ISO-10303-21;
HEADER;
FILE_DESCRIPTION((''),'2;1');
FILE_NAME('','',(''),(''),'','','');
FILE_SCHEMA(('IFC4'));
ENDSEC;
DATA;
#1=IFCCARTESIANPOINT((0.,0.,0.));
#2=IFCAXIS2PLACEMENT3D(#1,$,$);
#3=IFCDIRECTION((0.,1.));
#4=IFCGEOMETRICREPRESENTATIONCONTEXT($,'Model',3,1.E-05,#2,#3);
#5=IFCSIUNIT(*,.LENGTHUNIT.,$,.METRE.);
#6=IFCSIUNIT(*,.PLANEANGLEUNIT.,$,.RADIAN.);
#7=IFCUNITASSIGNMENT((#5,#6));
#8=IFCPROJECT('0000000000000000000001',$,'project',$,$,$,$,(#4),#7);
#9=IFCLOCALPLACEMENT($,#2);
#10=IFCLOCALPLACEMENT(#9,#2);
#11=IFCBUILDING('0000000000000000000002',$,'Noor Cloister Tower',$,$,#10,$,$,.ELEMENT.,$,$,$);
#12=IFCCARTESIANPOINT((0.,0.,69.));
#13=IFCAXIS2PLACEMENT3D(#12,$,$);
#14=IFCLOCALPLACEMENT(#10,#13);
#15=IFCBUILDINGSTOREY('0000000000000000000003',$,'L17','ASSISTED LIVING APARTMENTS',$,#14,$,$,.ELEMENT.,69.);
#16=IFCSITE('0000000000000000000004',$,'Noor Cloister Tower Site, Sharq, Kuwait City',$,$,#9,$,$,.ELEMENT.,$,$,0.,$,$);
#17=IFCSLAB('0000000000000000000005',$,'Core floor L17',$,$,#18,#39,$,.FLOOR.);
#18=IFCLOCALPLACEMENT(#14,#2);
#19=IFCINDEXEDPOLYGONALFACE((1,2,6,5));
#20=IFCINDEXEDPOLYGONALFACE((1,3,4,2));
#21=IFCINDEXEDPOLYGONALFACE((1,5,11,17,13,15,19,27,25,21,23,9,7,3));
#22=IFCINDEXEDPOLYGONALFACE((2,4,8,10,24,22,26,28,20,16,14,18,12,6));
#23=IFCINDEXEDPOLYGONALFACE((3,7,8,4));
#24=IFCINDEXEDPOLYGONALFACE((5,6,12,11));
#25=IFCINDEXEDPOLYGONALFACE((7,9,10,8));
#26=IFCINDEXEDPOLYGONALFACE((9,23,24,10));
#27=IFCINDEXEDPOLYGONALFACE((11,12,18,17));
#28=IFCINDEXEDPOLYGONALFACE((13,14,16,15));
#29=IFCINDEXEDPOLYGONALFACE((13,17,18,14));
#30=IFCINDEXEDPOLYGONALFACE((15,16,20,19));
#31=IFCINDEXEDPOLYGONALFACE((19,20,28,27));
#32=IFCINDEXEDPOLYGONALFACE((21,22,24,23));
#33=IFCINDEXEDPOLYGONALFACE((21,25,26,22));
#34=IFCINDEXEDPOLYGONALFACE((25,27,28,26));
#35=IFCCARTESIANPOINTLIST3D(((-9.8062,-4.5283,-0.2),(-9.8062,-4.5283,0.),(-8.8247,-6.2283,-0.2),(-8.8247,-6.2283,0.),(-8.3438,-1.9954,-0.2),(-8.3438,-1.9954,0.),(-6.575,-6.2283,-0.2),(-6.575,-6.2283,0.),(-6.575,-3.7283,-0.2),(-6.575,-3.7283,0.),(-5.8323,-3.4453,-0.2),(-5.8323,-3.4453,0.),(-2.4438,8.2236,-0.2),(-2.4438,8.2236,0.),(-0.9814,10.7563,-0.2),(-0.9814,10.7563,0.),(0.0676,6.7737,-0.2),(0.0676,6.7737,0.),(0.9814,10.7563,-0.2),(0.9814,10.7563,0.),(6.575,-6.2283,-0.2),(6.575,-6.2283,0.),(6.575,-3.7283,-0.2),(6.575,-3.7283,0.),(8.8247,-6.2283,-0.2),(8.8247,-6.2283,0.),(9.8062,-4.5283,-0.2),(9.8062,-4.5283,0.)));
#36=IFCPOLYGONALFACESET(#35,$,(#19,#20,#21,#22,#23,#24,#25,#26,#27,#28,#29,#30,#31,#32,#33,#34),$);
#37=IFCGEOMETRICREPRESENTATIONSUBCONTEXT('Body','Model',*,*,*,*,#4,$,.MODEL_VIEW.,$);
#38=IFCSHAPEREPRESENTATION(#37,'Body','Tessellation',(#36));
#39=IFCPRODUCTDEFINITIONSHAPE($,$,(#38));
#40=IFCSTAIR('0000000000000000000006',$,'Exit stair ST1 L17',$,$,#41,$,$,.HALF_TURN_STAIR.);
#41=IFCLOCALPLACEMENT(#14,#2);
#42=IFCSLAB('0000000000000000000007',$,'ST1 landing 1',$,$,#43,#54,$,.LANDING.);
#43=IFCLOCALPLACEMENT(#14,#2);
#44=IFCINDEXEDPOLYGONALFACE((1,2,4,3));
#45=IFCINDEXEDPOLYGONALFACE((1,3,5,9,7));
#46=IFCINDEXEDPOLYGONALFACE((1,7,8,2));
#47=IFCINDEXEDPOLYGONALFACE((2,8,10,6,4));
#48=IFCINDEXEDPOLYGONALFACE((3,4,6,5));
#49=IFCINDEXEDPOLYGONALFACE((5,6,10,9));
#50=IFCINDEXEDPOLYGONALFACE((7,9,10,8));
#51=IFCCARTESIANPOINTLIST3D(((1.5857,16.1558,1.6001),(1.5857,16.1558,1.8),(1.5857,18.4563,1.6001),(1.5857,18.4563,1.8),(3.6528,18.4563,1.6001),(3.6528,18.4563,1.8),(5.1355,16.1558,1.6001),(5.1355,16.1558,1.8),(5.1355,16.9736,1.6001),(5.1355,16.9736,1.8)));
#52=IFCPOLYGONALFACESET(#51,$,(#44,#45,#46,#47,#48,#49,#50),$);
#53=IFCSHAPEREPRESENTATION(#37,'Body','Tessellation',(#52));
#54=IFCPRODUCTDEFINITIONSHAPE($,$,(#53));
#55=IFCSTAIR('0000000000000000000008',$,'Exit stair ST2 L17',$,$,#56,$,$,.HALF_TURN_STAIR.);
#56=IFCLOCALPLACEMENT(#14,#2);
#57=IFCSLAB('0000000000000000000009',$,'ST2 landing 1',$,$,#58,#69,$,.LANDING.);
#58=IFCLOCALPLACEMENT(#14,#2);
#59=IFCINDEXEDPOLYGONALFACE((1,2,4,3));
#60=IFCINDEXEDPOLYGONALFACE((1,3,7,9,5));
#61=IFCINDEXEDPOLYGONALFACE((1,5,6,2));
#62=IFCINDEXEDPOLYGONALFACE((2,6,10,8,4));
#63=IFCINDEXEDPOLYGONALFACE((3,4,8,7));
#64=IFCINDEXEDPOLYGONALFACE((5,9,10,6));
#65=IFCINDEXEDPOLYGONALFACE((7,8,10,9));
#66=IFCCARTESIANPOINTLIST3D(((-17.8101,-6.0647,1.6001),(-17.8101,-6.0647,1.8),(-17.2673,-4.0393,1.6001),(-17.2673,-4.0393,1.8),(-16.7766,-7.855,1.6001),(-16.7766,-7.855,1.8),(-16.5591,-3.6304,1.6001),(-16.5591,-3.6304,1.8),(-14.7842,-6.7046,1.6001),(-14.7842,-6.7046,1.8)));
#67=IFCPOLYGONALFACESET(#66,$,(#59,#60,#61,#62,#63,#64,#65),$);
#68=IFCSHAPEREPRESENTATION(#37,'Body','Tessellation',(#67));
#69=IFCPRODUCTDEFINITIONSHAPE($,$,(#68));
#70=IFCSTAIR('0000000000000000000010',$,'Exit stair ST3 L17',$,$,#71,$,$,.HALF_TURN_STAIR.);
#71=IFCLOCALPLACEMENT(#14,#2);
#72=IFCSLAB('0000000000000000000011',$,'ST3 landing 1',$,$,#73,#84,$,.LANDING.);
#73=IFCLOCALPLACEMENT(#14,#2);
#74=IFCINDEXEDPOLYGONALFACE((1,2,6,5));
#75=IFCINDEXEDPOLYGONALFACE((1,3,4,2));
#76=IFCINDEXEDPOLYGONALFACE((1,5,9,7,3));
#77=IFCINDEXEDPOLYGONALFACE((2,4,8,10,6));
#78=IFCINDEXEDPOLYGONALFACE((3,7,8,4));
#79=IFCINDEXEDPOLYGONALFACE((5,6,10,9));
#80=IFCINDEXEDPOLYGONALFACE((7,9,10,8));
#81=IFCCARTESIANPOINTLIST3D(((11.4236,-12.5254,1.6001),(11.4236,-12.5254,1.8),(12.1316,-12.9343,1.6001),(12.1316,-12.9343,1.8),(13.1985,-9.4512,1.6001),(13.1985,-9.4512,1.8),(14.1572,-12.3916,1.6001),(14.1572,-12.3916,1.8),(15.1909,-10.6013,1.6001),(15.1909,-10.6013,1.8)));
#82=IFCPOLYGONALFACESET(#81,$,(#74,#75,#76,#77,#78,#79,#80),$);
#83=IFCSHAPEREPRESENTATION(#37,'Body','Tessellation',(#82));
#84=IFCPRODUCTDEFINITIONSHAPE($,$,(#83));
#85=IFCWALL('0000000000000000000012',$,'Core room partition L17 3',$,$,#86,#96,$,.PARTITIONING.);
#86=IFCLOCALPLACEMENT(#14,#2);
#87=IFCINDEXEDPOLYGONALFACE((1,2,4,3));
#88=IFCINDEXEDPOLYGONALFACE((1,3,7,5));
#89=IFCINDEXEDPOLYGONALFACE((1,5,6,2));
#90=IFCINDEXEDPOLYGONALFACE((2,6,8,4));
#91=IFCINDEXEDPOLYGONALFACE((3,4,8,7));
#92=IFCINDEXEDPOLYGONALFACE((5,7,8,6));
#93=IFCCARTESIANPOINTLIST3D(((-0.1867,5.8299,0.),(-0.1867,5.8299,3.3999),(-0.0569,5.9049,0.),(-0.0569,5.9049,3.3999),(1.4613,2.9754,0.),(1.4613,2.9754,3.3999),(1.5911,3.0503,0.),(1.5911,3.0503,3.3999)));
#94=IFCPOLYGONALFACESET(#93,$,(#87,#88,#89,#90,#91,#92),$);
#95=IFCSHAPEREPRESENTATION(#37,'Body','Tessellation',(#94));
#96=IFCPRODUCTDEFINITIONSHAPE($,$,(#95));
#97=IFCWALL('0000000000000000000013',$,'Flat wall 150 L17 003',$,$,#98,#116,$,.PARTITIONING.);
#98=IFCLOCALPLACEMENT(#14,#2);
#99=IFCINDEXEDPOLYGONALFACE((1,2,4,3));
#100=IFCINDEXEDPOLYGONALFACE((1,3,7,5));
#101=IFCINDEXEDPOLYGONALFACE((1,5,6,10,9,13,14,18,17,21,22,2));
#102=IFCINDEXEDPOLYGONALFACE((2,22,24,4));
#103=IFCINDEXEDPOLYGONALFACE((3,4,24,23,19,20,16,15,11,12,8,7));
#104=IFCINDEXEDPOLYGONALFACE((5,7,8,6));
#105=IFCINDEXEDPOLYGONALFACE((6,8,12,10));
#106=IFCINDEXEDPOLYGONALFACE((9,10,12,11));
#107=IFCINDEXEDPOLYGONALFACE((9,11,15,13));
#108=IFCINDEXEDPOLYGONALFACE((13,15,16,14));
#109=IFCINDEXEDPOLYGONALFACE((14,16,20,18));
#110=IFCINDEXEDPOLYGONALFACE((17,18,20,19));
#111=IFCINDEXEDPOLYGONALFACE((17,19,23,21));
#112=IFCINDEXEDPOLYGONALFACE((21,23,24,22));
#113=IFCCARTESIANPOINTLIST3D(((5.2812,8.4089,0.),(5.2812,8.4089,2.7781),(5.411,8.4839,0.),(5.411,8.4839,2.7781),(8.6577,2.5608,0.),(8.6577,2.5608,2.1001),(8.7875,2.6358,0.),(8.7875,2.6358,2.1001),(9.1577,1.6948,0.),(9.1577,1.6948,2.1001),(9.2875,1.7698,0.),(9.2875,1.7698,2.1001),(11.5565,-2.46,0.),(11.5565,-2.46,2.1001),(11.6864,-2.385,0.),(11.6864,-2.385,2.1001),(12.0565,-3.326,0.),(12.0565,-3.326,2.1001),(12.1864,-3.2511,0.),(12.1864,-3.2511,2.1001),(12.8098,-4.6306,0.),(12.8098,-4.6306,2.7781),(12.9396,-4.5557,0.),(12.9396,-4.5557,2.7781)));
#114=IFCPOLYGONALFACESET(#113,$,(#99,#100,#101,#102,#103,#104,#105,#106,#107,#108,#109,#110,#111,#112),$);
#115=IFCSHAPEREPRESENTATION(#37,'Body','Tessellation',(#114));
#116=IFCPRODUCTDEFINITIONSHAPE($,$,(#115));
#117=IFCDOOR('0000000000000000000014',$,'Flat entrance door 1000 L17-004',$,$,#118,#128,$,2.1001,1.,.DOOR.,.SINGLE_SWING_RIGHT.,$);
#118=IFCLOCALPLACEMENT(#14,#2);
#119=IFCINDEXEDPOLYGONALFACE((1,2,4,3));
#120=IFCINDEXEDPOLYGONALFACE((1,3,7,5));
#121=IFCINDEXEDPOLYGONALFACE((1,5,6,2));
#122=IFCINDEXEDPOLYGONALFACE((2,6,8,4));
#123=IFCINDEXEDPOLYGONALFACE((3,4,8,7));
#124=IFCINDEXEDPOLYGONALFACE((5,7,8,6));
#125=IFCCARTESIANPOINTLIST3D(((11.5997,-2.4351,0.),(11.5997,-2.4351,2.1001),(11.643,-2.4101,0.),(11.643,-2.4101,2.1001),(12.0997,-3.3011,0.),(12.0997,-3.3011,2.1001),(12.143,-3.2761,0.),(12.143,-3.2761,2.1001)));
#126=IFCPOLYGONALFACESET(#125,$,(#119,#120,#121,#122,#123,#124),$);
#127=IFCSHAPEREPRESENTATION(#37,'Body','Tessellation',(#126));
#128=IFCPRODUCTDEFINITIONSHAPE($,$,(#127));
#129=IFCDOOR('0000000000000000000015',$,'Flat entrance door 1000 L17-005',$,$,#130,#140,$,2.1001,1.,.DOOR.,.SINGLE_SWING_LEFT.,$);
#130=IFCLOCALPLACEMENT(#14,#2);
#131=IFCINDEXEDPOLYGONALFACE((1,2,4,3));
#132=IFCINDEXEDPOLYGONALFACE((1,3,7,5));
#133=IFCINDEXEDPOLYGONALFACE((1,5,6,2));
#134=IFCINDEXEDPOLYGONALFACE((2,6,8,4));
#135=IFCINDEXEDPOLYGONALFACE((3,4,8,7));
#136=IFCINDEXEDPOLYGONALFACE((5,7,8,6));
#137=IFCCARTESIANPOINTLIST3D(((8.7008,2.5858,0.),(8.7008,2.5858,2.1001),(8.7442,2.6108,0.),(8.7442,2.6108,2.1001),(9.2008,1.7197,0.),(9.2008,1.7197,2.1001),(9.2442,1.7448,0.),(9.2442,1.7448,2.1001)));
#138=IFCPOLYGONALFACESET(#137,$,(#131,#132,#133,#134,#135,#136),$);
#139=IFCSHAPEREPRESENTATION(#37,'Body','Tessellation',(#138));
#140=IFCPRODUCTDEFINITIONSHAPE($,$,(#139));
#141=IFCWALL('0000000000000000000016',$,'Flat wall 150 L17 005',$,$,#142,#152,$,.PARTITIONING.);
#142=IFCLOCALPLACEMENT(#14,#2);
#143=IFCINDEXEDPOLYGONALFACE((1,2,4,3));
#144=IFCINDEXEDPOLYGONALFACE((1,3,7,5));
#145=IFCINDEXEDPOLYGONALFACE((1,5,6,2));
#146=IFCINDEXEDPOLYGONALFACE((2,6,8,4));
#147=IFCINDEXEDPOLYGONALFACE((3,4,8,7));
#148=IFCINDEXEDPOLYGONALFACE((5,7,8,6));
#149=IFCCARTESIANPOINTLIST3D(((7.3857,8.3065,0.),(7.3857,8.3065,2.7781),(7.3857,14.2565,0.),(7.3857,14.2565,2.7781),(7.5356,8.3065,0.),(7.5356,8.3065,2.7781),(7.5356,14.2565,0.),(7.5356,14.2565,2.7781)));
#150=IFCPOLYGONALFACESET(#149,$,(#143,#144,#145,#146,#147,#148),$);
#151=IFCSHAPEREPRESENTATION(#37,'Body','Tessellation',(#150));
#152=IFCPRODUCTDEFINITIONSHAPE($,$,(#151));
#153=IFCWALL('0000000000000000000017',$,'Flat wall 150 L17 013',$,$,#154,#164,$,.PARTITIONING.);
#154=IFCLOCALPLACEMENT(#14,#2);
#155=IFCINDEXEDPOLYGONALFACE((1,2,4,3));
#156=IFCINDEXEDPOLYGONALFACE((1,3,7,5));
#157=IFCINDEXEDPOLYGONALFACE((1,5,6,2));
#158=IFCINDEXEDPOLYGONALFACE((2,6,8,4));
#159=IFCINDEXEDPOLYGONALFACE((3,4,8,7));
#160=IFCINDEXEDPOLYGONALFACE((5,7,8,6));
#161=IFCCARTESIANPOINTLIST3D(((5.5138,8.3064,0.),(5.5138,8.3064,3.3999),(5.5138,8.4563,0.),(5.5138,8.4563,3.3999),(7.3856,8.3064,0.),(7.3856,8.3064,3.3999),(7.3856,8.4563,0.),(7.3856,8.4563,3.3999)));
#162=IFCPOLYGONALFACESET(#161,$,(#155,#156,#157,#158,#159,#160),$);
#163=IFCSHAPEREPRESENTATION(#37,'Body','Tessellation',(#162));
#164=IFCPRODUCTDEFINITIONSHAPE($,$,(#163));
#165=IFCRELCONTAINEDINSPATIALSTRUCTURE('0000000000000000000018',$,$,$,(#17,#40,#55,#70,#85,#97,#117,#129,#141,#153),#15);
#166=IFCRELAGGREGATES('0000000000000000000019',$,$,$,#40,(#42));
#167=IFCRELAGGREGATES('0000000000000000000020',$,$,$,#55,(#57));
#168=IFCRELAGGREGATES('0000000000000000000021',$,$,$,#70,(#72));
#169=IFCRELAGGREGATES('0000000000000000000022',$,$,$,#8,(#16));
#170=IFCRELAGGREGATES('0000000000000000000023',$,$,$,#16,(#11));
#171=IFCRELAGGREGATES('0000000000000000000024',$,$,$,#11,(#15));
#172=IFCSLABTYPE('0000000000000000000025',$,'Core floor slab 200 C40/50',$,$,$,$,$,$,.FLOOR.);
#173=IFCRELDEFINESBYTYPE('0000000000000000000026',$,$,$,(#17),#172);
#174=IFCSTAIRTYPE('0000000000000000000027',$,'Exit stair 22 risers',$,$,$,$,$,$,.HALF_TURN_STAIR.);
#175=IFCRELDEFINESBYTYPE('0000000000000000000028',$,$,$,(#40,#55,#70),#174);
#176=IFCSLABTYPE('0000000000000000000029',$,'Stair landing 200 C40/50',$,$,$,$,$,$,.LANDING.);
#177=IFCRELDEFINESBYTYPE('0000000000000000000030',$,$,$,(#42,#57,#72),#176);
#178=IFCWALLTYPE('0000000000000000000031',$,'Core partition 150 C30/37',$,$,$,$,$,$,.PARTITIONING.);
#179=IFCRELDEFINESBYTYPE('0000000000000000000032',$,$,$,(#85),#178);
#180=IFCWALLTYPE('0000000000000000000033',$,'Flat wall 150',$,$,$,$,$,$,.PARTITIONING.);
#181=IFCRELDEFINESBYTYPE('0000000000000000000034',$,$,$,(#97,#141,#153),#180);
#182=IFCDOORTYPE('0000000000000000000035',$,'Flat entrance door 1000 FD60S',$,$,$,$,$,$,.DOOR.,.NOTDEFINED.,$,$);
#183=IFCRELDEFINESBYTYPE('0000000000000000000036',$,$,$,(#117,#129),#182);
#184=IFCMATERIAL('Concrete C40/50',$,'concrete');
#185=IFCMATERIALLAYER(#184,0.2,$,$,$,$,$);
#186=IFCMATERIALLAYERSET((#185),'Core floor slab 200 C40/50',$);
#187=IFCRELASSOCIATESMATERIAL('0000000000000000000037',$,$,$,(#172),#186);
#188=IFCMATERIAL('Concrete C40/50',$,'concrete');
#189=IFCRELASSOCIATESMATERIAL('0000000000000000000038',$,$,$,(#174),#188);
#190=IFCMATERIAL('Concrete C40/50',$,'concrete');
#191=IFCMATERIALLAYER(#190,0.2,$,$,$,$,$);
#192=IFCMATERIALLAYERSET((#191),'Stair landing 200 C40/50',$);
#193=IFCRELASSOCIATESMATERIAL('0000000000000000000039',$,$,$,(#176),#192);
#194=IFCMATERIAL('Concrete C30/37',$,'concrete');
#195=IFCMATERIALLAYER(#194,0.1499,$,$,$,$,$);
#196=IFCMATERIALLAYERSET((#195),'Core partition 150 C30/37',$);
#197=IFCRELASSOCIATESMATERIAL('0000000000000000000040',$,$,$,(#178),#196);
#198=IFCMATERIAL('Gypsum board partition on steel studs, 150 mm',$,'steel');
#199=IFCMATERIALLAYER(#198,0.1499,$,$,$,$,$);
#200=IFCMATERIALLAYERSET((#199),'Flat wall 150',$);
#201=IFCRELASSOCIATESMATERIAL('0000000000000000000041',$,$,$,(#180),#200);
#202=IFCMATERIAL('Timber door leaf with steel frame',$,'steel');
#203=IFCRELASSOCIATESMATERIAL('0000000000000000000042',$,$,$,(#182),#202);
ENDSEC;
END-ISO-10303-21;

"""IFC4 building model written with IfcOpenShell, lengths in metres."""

from ifc_helpers import new_model, si_unit, direction, frame, frame_2d, origin, place, context, subcontext, project, spatial, polyline, rectangle, outline, extrude, material, layer, layer_set, type_object, element, fill, aggregate, save


model = new_model("IFC4")

# Units and contexts
model_context = context("Model", 3, precision=1e-05, world=origin(), true_north=direction((0.0, 1.0)))
body_context = subcontext(model_context, "Body", "Model", "MODEL_VIEW")
ifc_project = project(units=[si_unit("LENGTHUNIT", "METRE"), si_unit("PLANEANGLEUNIT", "RADIAN")], contexts=[model_context])

# Site, building, storey
site_placement = place(None, origin())
site = spatial("IfcSite", under=ifc_project, at=site_placement, Name="Noor Cloister Tower Site, Sharq, Kuwait City", CompositionType="ELEMENT", RefElevation=0.0)
building_placement = place(site_placement, origin())
building = spatial("IfcBuilding", under=site, at=building_placement, Name="Noor Cloister Tower", CompositionType="ELEMENT")
storey_placement = place(building_placement, frame((0.0, 0.0, 69.0)))
storey = spatial("IfcBuildingStorey", under=building, at=storey_placement, Name="L17", Description="ASSISTED LIVING APARTMENTS", CompositionType="ELEMENT", Elevation=69.0)

# Slab
ifc_material_1 = material(Name="Concrete C40/50", Category="concrete")
ifc_layer_1 = layer(ifc_material_1, 0.2)
ifc_layer_set_1 = layer_set([ifc_layer_1], Name="Core floor slab 200 C40/50")
slab_type_1 = type_object("IfcSlabType", Name="Core floor slab 200 C40/50", PredefinedType="FLOOR", material=ifc_layer_set_1)
slab_1_placement = place(storey_placement, frame((0.0, 0.0, -0.2)))
element("IfcSlab", 1, at=slab_1_placement, inside=storey, type_object=slab_type_1, Name="Core floor L17", PredefinedType="FLOOR", context=body_context, shape_type="SweptSolid", body=[
    extrude(outline(polyline([(-6.575, -6.2283), (-6.575, -3.7283), (6.575, -3.7283), (6.575, -6.2283), (8.8247, -6.2283), (9.8062, -4.5283), (0.9814, 10.7563), (-0.9814, 10.7563), (-2.4438, 8.2236), (0.0676, 6.7737), (-5.8323, -3.4453), (-8.3438, -1.9954), (-9.8062, -4.5283), (-8.8247, -6.2283), (-6.575, -6.2283)])), origin(), (0.0, 0.0, 1.0), 0.2),
])

# Stairs, slabs
ifc_material_2 = material(Name="Concrete C40/50", Category="concrete")
stair_type = type_object("IfcStairType", Name="Exit stair 22 risers", PredefinedType="HALF_TURN_STAIR", material=ifc_material_2)
stair_1_placement = place(storey_placement, origin())
stair_1 = element("IfcStair", 2, at=stair_1_placement, inside=storey, type_object=stair_type, Name="Exit stair ST1 L17", PredefinedType="HALF_TURN_STAIR")
ifc_material_3 = material(Name="Concrete C40/50", Category="concrete")
ifc_layer_2 = layer(ifc_material_3, 0.2)
ifc_layer_set_2 = layer_set([ifc_layer_2], Name="Stair landing 200 C40/50")
slab_type_2 = type_object("IfcSlabType", Name="Stair landing 200 C40/50", PredefinedType="LANDING", material=ifc_layer_set_2)
slab_2_placement = place(storey_placement, frame((0.0, 0.0, 1.6001)))
slab_2 = element("IfcSlab", 3, at=slab_2_placement, type_object=slab_type_2, Name="ST1 landing 1", PredefinedType="LANDING", context=body_context, shape_type="SweptSolid", body=[
    extrude(outline(polyline([(5.1355, 16.1558), (5.1355, 16.9736), (3.6528, 18.4563), (1.5857, 18.4563), (1.5857, 16.1558), (5.1355, 16.1558)])), origin(), (0.0, 0.0, 1.0), 0.2),
])
aggregate(stair_1, [slab_2])
stair_2_placement = place(storey_placement, origin())
stair_2 = element("IfcStair", 4, at=stair_2_placement, inside=storey, type_object=stair_type, Name="Exit stair ST2 L17", PredefinedType="HALF_TURN_STAIR")
slab_3_placement = place(storey_placement, frame((0.0, 0.0, 1.6001)))
slab_3 = element("IfcSlab", 5, at=slab_3_placement, type_object=slab_type_2, Name="ST2 landing 1", PredefinedType="LANDING", context=body_context, shape_type="SweptSolid", body=[
    extrude(outline(polyline([(-16.5591, -3.6304), (-17.2673, -4.0393), (-17.8101, -6.0647), (-16.7766, -7.855), (-14.7842, -6.7046), (-16.5591, -3.6304)])), origin(), (0.0, 0.0, 1.0), 0.2),
])
aggregate(stair_2, [slab_3])
stair_3_placement = place(storey_placement, origin())
stair_3 = element("IfcStair", 6, at=stair_3_placement, inside=storey, type_object=stair_type, Name="Exit stair ST3 L17", PredefinedType="HALF_TURN_STAIR")
slab_4_placement = place(storey_placement, frame((0.0, 0.0, 1.6001)))
slab_4 = element("IfcSlab", 7, at=slab_4_placement, type_object=slab_type_2, Name="ST3 landing 1", PredefinedType="LANDING", context=body_context, shape_type="SweptSolid", body=[
    extrude(outline(polyline([(11.4236, -12.5254), (12.1316, -12.9343), (14.1572, -12.3916), (15.1909, -10.6013), (13.1985, -9.4512), (11.4236, -12.5254)])), origin(), (0.0, 0.0, 1.0), 0.2),
])
aggregate(stair_3, [slab_4])

# Wall
ifc_material_4 = material(Name="Concrete C30/37", Category="concrete")
ifc_layer_3 = layer(ifc_material_4, 0.1499)
ifc_layer_set_3 = layer_set([ifc_layer_3], Name="Core partition 150 C30/37")
wall_type_1 = type_object("IfcWallType", Name="Core partition 150 C30/37", PredefinedType="PARTITIONING", material=ifc_layer_set_3)
wall_1_placement = place(storey_placement, frame((1.5261, 3.0129, 0.0), z_axis=(0.0, 0.0, 1.0), x_axis=(-0.499979, 0.866038, 0.0)))
element("IfcWall", 8, at=wall_1_placement, inside=storey, type_object=wall_type_1, Name="Core room partition L17 3", PredefinedType="PARTITIONING", context=body_context, shape_type="SweptSolid", body=[
    extrude(rectangle(XDim=3.2961, YDim=0.1499, at=frame_2d((1.6479, 0.0))), origin(), (0.0, 0.0, 1.0), 3.3999),
])

# Wall, openings, doors
ifc_material_5 = material(Name="Gypsum board partition on steel studs, 150 mm", Category="steel")
ifc_layer_4 = layer(ifc_material_5, 0.1499)
ifc_layer_set_4 = layer_set([ifc_layer_4], Name="Flat wall 150")
wall_type_2 = type_object("IfcWallType", Name="Flat wall 150", PredefinedType="PARTITIONING", material=ifc_layer_set_4)
wall_2_placement = place(storey_placement, frame((5.3462, 8.4463, 0.0), z_axis=(0.0, 0.0, 1.0), x_axis=(0.500009, -0.86602, 0.0)))
wall_2 = element("IfcWall", 9, at=wall_2_placement, inside=storey, type_object=wall_type_2, Name="Flat wall 150 L17 003", PredefinedType="PARTITIONING", context=body_context, shape_type="SweptSolid", body=[
    extrude(rectangle(XDim=15.0569, YDim=0.1499, at=frame_2d((7.5283, 0.0))), origin(), (0.0, 0.0, 1.0), 2.7781),
])
opening_1_placement = place(wall_2_placement, frame((12.5503, 0.0, 0.0)))
opening_1 = element("IfcOpeningElement", 10, at=opening_1_placement, cuts=wall_2, PredefinedType="OPENING", context=body_context, shape_type="SweptSolid", body=[
    extrude(rectangle(XDim=1.0, YDim=2.1001, at=frame_2d((0.5, 1.05))), frame((0.0, 0.085, 0.0), z_axis=(0.0, -1.0, 0.0), x_axis=(1.0, 0.0, 0.0)), (0.0, 0.0, 1.0), 0.1699),
])
opening_2_placement = place(wall_2_placement, frame((6.7527, 0.0, 0.0)))
opening_2 = element("IfcOpeningElement", 11, at=opening_2_placement, cuts=wall_2, PredefinedType="OPENING", context=body_context, shape_type="SweptSolid", body=[
    extrude(rectangle(XDim=1.0, YDim=2.1001, at=frame_2d((0.5, 1.05))), frame((0.0, 0.085, 0.0), z_axis=(0.0, -1.0, 0.0), x_axis=(1.0, 0.0, 0.0)), (0.0, 0.0, 1.0), 0.1699),
])
ifc_material_6 = material(Name="Timber door leaf with steel frame", Category="steel")
door_type_1 = type_object("IfcDoorType", Name="Flat entrance door 1000 FD60S", OperationType="NOTDEFINED", PredefinedType="DOOR", material=ifc_material_6)
door_1_placement = place(opening_1_placement, origin())
door_1 = element("IfcDoor", 12, at=door_1_placement, inside=storey, type_object=door_type_1, Name="Flat entrance door 1000 L17-004", OperationType="SINGLE_SWING_RIGHT", OverallHeight=2.1001, OverallWidth=1.0, PredefinedType="DOOR", context=body_context, shape_type="SweptSolid", body=[
    extrude(rectangle(XDim=1.0, YDim=2.1001, at=frame_2d((0.5, 1.05))), frame((0.0, 0.0249, 0.0), z_axis=(0.0, -1.0, 0.0), x_axis=(1.0, 0.0, 0.0)), (0.0, 0.0, 1.0), 0.05),
])
fill(opening_1, door_1)
door_2_placement = place(opening_2_placement, origin())
door_2 = element("IfcDoor", 13, at=door_2_placement, inside=storey, type_object=door_type_1, Name="Flat entrance door 1000 L17-005", OperationType="SINGLE_SWING_LEFT", OverallHeight=2.1001, OverallWidth=1.0, PredefinedType="DOOR", context=body_context, shape_type="SweptSolid", body=[
    extrude(rectangle(XDim=1.0, YDim=2.1001, at=frame_2d((0.5, 1.05))), frame((0.0, 0.0249, 0.0), z_axis=(0.0, -1.0, 0.0), x_axis=(1.0, 0.0, 0.0)), (0.0, 0.0, 1.0), 0.05),
])
fill(opening_2, door_2)

# Walls
wall_3_placement = place(storey_placement, frame((7.4607, 8.3064, 0.0), z_axis=(0.0, 0.0, 1.0), x_axis=(0.0, 1.0, 0.0)))
element("IfcWall", 14, at=wall_3_placement, inside=storey, type_object=wall_type_2, Name="Flat wall 150 L17 005", PredefinedType="PARTITIONING", context=body_context, shape_type="SweptSolid", body=[
    extrude(rectangle(XDim=5.95, YDim=0.1499, at=frame_2d((2.9751, 0.0))), origin(), (0.0, 0.0, 1.0), 2.7781),
])
wall_4_placement = place(storey_placement, frame((5.5137, 8.3813, 0.0), z_axis=(0.0, 0.0, 1.0), x_axis=(1.0, 0.0, 0.0)))
element("IfcWall", 15, at=wall_4_placement, inside=storey, type_object=wall_type_2, Name="Flat wall 150 L17 013", PredefinedType="PARTITIONING", context=body_context, shape_type="SweptSolid", body=[
    extrude(rectangle(XDim=1.8718, YDim=0.1499, at=frame_2d((0.936, 0.0))), origin(), (0.0, 0.0, 1.0), 3.3999),
])

save(model, "model.ifc")
